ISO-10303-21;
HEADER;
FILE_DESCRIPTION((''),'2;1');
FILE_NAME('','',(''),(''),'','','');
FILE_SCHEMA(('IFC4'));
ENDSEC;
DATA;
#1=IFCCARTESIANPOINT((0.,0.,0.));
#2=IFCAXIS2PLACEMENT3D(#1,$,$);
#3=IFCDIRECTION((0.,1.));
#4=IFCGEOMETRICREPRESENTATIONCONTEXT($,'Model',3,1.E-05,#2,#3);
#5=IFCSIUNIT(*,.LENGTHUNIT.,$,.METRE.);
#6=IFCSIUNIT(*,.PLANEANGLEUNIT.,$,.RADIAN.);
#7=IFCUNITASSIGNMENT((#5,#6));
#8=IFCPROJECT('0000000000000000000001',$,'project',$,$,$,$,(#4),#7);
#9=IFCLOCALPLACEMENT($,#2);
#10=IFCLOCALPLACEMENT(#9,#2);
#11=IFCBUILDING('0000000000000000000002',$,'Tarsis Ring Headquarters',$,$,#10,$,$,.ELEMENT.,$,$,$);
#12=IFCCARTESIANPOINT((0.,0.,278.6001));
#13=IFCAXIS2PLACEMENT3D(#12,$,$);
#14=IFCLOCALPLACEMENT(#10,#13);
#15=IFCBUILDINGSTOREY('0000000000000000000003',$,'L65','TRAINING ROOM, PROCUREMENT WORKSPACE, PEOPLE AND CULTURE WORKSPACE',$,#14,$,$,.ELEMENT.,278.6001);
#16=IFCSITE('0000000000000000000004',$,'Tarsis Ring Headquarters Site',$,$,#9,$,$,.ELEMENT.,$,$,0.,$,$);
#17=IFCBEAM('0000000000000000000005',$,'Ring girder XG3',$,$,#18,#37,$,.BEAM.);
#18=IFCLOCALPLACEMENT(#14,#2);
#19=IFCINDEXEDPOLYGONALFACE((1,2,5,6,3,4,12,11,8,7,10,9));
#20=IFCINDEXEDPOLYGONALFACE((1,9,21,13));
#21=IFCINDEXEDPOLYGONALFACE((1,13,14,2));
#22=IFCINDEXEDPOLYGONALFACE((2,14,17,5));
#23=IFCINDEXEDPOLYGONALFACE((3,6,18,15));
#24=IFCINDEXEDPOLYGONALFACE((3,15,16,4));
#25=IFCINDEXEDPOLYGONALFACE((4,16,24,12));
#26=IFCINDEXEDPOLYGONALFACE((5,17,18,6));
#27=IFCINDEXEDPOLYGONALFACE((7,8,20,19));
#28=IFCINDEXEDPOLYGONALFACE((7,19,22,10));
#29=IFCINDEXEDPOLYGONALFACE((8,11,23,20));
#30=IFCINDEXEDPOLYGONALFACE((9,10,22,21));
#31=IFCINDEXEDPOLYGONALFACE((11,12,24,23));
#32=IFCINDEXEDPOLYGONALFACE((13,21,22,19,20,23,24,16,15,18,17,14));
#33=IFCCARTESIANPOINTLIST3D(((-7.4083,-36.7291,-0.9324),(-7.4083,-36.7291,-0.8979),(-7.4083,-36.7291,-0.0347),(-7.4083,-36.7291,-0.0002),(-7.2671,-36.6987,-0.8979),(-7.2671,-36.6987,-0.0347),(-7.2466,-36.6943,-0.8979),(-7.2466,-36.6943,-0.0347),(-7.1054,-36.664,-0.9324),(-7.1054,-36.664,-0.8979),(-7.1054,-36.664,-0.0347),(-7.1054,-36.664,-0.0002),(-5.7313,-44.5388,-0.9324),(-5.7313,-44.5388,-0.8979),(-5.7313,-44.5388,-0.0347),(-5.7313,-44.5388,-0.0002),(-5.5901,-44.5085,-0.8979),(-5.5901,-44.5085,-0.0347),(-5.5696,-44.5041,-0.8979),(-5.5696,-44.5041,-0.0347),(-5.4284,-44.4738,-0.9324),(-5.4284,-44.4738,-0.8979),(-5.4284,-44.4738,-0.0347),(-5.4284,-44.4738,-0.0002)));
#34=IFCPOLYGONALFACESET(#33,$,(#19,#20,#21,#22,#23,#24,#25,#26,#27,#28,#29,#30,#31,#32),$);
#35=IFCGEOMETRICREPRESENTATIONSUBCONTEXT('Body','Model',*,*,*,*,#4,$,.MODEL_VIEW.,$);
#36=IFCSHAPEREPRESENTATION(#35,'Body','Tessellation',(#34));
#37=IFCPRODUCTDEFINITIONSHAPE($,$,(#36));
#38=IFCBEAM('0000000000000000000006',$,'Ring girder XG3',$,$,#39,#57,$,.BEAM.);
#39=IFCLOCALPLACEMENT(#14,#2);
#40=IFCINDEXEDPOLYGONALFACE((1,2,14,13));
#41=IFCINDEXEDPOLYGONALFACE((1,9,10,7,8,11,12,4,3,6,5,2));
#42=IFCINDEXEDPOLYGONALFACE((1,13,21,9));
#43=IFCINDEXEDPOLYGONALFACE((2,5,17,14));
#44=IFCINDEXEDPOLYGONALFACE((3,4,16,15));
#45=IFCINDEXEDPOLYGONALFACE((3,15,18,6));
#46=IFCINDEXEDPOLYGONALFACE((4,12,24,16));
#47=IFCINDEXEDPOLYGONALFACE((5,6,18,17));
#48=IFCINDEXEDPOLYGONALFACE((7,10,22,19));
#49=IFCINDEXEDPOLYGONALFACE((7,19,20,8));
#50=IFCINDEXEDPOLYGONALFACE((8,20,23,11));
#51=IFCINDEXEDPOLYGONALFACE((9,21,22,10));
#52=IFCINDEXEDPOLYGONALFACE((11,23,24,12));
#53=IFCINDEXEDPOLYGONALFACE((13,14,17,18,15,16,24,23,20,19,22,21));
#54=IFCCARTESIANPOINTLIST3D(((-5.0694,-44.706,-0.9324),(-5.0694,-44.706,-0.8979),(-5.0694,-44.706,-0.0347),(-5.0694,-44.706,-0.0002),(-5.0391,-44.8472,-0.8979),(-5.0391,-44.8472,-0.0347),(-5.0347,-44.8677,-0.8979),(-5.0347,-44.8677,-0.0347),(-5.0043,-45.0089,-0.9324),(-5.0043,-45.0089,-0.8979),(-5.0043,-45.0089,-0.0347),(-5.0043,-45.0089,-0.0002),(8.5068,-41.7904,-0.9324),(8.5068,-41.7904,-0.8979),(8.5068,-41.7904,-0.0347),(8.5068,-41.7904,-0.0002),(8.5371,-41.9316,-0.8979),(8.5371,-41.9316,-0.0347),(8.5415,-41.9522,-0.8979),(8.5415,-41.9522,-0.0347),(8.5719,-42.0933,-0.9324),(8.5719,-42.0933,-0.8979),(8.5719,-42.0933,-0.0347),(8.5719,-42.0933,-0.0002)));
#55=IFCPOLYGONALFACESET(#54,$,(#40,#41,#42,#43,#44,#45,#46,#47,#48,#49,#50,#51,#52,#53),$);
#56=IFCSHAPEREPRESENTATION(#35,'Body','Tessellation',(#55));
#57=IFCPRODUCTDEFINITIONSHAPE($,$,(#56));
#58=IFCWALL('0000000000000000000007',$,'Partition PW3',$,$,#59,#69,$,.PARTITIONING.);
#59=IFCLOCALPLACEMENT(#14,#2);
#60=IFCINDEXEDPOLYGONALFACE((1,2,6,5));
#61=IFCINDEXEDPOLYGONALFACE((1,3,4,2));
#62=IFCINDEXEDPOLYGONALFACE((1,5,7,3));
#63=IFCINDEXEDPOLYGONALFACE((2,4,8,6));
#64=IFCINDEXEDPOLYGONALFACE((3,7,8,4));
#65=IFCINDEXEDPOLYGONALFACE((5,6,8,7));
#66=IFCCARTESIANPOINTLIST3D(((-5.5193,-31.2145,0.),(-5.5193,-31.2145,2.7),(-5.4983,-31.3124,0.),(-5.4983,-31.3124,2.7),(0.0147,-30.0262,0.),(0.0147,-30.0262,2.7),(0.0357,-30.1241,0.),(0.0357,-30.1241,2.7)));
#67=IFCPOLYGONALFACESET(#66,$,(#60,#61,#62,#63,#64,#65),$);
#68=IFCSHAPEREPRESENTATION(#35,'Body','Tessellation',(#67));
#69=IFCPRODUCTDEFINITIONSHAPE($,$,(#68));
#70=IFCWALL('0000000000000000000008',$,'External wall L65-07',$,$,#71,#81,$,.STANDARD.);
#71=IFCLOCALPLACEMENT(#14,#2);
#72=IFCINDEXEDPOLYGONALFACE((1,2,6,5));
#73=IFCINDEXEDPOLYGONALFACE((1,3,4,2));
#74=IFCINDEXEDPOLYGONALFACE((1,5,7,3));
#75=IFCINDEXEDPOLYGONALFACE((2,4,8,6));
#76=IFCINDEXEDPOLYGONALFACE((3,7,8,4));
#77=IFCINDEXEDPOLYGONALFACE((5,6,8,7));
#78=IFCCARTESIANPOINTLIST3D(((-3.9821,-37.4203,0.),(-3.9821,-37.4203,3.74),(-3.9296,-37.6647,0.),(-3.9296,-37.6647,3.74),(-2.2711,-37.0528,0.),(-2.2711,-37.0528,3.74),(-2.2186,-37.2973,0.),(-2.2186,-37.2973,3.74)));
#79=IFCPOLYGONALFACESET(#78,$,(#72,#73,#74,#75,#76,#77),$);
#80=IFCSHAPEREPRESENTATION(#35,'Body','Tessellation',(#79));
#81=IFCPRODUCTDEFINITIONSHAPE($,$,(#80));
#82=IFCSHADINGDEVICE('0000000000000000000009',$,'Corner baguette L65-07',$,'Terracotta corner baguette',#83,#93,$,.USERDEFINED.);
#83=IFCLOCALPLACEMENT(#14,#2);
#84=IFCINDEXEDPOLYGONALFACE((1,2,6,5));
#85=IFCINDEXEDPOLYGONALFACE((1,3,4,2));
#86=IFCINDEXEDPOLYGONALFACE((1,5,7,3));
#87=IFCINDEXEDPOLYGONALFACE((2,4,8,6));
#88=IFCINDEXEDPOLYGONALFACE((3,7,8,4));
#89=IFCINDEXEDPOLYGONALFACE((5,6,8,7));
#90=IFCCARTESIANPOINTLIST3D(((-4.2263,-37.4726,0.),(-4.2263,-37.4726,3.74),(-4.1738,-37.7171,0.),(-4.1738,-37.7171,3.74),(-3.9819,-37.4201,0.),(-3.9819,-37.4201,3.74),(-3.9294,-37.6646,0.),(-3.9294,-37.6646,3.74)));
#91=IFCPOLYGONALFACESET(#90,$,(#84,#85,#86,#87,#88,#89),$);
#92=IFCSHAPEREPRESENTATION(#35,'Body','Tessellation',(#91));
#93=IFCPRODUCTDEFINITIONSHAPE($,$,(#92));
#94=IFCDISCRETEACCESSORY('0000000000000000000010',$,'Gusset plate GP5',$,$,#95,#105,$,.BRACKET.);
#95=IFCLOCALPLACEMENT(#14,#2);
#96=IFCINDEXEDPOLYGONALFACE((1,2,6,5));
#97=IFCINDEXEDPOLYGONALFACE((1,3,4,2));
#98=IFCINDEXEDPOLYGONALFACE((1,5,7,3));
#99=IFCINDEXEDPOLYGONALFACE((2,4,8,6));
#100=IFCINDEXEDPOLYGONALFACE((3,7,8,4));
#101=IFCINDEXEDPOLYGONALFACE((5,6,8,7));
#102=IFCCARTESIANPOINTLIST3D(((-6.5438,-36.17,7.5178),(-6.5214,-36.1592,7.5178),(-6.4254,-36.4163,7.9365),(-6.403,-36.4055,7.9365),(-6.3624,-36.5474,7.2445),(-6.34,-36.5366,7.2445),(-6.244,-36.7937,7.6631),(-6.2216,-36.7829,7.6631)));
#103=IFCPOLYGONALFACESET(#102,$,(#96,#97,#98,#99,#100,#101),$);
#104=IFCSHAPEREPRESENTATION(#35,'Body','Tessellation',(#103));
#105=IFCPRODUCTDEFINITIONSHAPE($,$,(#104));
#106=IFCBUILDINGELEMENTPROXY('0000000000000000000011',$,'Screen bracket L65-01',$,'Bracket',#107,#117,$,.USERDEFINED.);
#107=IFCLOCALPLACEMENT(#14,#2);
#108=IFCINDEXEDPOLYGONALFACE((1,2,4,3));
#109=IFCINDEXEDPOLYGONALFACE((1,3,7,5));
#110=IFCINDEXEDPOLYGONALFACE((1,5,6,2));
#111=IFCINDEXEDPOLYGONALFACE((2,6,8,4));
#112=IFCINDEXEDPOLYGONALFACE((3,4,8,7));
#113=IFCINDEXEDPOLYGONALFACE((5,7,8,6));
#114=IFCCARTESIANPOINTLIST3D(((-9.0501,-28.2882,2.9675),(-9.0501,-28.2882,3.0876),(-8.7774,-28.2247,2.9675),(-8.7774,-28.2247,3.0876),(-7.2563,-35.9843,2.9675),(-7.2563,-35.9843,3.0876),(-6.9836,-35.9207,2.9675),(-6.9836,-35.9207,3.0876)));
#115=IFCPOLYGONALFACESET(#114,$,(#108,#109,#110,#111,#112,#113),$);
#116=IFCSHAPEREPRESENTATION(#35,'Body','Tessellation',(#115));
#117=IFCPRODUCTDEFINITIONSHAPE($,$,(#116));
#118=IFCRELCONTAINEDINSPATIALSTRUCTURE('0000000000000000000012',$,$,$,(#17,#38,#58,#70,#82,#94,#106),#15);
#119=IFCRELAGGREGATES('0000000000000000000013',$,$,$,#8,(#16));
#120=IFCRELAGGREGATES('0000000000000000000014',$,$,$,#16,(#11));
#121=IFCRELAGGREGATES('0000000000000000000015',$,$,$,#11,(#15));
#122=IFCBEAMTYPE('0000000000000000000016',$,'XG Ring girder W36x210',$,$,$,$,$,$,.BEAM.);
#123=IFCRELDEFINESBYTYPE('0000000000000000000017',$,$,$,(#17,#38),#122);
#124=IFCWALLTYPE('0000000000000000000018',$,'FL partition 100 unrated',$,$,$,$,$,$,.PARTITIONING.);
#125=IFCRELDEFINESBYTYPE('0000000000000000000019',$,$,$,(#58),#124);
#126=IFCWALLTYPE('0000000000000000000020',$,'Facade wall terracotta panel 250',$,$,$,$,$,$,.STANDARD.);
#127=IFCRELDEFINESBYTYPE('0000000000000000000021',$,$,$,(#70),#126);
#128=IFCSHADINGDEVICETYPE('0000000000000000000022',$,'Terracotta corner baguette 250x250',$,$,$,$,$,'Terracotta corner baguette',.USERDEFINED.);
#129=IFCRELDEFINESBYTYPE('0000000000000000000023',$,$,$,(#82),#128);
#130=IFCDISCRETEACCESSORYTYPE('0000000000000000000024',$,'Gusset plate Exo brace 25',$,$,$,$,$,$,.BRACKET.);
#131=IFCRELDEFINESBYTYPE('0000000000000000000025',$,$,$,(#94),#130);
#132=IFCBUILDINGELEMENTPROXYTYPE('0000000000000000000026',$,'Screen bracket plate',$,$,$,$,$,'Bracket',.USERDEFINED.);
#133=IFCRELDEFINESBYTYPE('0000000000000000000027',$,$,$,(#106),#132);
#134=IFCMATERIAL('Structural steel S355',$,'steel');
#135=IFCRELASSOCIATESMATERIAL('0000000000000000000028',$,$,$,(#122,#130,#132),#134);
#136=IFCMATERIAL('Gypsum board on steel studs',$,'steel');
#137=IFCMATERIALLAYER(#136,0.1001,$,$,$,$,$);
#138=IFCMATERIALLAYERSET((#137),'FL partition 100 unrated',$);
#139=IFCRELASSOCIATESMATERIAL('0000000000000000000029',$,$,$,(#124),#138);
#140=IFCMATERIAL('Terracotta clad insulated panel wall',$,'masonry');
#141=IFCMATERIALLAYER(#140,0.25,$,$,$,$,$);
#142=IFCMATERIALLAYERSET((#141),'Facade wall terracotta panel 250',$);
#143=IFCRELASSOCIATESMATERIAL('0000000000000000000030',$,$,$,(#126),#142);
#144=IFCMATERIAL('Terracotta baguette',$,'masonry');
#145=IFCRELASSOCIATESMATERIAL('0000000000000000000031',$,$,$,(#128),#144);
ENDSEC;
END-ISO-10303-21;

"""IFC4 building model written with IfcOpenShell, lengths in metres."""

from ifc_helpers import new_model, si_unit, direction, frame, frame_2d, origin, origin_2d, place, context, subcontext, project, spatial, rectangle, i_section, extrude, material, layer, layer_set, material_profile, profile_set, type_object, element, save


model = new_model("IFC4")

# Units and contexts
model_context = context("Model", 3, precision=1e-05, world=origin(), true_north=direction((0.0, 1.0)))
body_context = subcontext(model_context, "Body", "Model", "MODEL_VIEW")
ifc_project = project(units=[si_unit("LENGTHUNIT", "METRE"), si_unit("PLANEANGLEUNIT", "RADIAN")], contexts=[model_context])

# Site, building, storey
site_placement = place(None, origin())
site = spatial("IfcSite", under=ifc_project, at=site_placement, Name="Tarsis Ring Headquarters Site", CompositionType="ELEMENT", RefElevation=0.0)
building_placement = place(site_placement, origin())
building = spatial("IfcBuilding", under=site, at=building_placement, Name="Tarsis Ring Headquarters", CompositionType="ELEMENT")
storey_placement = place(building_placement, frame((0.0, 0.0, 278.6001)))
storey = spatial("IfcBuildingStorey", under=building, at=storey_placement, Name="L65", Description="TRAINING ROOM, PROCUREMENT WORKSPACE, PEOPLE AND CULTURE WORKSPACE", CompositionType="ELEMENT", Elevation=278.6001)

# Shared definitions
ifc_material_1 = material(Name="Structural steel S355", Category="steel")

# Beams
ifc_material_profile_1 = material_profile(ifc_material_1, i_section(OverallWidth=0.3098, OverallDepth=0.9321, WebThickness=0.021, FlangeThickness=0.0344, at=origin_2d()), Name="W36x210")
ifc_profile_set_1 = profile_set([ifc_material_profile_1], Name="Structural steel S355")
beam_type_1 = type_object("IfcBeamType", Name="XG Ring girder W36x210", PredefinedType="BEAM", material=ifc_profile_set_1)
beam_1_placement = place(storey_placement, frame((-7.2568, -36.6965, -0.4663), z_axis=(0.209944, -0.977713, 0.0), x_axis=(0.977713, 0.209944, 0.0)))
element("IfcBeam", 1, at=beam_1_placement, inside=storey, type_object=beam_type_1, Name="Ring girder XG3", PredefinedType="BEAM", context=body_context, shape_type="SweptSolid", body=[
    extrude(i_section(OverallWidth=0.3098, OverallDepth=0.9321, WebThickness=0.021, FlangeThickness=0.0344, at=origin_2d()), origin(), (0.0, 0.0, 1.0), 7.9878),
])
beam_2_placement = place(storey_placement, frame((-5.0369, -44.8574, -0.4663), z_axis=(0.977709, 0.209966, 0.0), x_axis=(-0.209966, 0.977709, 0.0)))
element("IfcBeam", 2, at=beam_2_placement, inside=storey, type_object=beam_type_1, Name="Ring girder XG3", PredefinedType="BEAM", context=body_context, shape_type="SweptSolid", body=[
    extrude(i_section(OverallWidth=0.3098, OverallDepth=0.9321, WebThickness=0.021, FlangeThickness=0.0344, at=origin_2d()), origin(), (0.0, 0.0, 1.0), 13.8857),
])

# Walls
ifc_material_2 = material(Name="Gypsum board on steel studs", Category="steel")
ifc_layer_1 = layer(ifc_material_2, 0.1001)
ifc_layer_set_1 = layer_set([ifc_layer_1], Name="FL partition 100 unrated")
wall_type_1 = type_object("IfcWallType", Name="FL partition 100 unrated", PredefinedType="PARTITIONING", material=ifc_layer_set_1)
wall_1_placement = place(storey_placement, frame((-5.5088, -31.2634, 0.0), z_axis=(0.0, 0.0, 1.0), x_axis=(0.977716, 0.209933, 0.0)))
element("IfcWall", 3, at=wall_1_placement, inside=storey, type_object=wall_type_1, Name="Partition PW3", PredefinedType="PARTITIONING", context=body_context, shape_type="SweptSolid", body=[
    extrude(rectangle(XDim=5.6602, YDim=0.1001, at=frame_2d((2.8301, 0.0))), origin(), (0.0, 0.0, 1.0), 2.7),
])
ifc_material_3 = material(Name="Terracotta clad insulated panel wall", Category="masonry")
ifc_layer_2 = layer(ifc_material_3, 0.25)
ifc_layer_set_2 = layer_set([ifc_layer_2], Name="Facade wall terracotta panel 250")
wall_type_2 = type_object("IfcWallType", Name="Facade wall terracotta panel 250", PredefinedType="STANDARD", material=ifc_layer_set_2)
wall_2_placement = place(storey_placement, frame((-3.9558, -37.5425, 0.0), z_axis=(0.0, 0.0, 1.0), x_axis=(0.977708, 0.209967, 0.0)))
element("IfcWall", 4, at=wall_2_placement, inside=storey, type_object=wall_type_2, Name="External wall L65-07", PredefinedType="STANDARD", context=body_context, shape_type="SweptSolid", body=[
    extrude(rectangle(XDim=1.75, YDim=0.25, at=frame_2d((0.875, 0.0))), origin(), (0.0, 0.0, 1.0), 3.74),
])

# Shading device
ifc_material_4 = material(Name="Terracotta baguette", Category="masonry")
shading_device_type_1 = type_object("IfcShadingDeviceType", Name="Terracotta corner baguette 250x250", ElementType="Terracotta corner baguette", PredefinedType="USERDEFINED", material=ifc_material_4)
shading_device_1_placement = place(storey_placement, frame((-4.0779, -37.5686, 0.0), z_axis=(0.0, 0.0, 1.0), x_axis=(0.20996, -0.97771, 0.0)))
element("IfcShadingDevice", 5, at=shading_device_1_placement, inside=storey, type_object=shading_device_type_1, Name="Corner baguette L65-07", ObjectType="Terracotta corner baguette", PredefinedType="USERDEFINED", context=body_context, shape_type="SweptSolid", body=[
    extrude(rectangle(XDim=0.25, YDim=0.25, at=origin_2d()), origin(), (0.0, 0.0, 1.0), 3.74),
])

# Discrete accessory
ifc_material_profile_2 = material_profile(ifc_material_1, rectangle(XDim=0.0249, YDim=0.5, at=origin_2d()), Name="PL 25x500")
ifc_profile_set_2 = profile_set([ifc_material_profile_2], Name="Structural steel S355")
discrete_accessory_type = type_object("IfcDiscreteAccessoryType", Name="Gusset plate Exo brace 25", PredefinedType="BRACKET", material=ifc_profile_set_2)
discrete_accessory_placement = place(storey_placement, frame((-6.3235, -36.5996, 7.7998), z_axis=(-0.23681, 0.492662, -0.83738), x_axis=(-0.901286, -0.433225, 0.0)))
element("IfcDiscreteAccessory", 6, at=discrete_accessory_placement, inside=storey, type_object=discrete_accessory_type, Name="Gusset plate GP5", PredefinedType="BRACKET", context=body_context, shape_type="SweptSolid", body=[
    extrude(rectangle(XDim=0.0249, YDim=0.5, at=origin_2d()), origin(), (0.0, 0.0, 1.0), 0.5),
])

# Building element proxy
building_element_proxy_type = type_object("IfcBuildingElementProxyType", Name="Screen bracket plate", ElementType="Bracket", PredefinedType="USERDEFINED", material=ifc_material_1)
proxy_placement = place(storey_placement, frame((-8.0168, -32.1045, 2.9675), z_axis=(0.0, 0.0, 1.0), x_axis=(0.226991, -0.973897, 0.0)))
element("IfcBuildingElementProxy", 7, at=proxy_placement, inside=storey, type_object=building_element_proxy_type, Name="Screen bracket L65-01", ObjectType="Bracket", PredefinedType="USERDEFINED", context=body_context, shape_type="SweptSolid", body=[
    extrude(rectangle(XDim=7.9023, YDim=0.28, at=origin_2d()), origin(), (0.0, 0.0, 1.0), 0.1201),
])

save(model, "model.ifc")
